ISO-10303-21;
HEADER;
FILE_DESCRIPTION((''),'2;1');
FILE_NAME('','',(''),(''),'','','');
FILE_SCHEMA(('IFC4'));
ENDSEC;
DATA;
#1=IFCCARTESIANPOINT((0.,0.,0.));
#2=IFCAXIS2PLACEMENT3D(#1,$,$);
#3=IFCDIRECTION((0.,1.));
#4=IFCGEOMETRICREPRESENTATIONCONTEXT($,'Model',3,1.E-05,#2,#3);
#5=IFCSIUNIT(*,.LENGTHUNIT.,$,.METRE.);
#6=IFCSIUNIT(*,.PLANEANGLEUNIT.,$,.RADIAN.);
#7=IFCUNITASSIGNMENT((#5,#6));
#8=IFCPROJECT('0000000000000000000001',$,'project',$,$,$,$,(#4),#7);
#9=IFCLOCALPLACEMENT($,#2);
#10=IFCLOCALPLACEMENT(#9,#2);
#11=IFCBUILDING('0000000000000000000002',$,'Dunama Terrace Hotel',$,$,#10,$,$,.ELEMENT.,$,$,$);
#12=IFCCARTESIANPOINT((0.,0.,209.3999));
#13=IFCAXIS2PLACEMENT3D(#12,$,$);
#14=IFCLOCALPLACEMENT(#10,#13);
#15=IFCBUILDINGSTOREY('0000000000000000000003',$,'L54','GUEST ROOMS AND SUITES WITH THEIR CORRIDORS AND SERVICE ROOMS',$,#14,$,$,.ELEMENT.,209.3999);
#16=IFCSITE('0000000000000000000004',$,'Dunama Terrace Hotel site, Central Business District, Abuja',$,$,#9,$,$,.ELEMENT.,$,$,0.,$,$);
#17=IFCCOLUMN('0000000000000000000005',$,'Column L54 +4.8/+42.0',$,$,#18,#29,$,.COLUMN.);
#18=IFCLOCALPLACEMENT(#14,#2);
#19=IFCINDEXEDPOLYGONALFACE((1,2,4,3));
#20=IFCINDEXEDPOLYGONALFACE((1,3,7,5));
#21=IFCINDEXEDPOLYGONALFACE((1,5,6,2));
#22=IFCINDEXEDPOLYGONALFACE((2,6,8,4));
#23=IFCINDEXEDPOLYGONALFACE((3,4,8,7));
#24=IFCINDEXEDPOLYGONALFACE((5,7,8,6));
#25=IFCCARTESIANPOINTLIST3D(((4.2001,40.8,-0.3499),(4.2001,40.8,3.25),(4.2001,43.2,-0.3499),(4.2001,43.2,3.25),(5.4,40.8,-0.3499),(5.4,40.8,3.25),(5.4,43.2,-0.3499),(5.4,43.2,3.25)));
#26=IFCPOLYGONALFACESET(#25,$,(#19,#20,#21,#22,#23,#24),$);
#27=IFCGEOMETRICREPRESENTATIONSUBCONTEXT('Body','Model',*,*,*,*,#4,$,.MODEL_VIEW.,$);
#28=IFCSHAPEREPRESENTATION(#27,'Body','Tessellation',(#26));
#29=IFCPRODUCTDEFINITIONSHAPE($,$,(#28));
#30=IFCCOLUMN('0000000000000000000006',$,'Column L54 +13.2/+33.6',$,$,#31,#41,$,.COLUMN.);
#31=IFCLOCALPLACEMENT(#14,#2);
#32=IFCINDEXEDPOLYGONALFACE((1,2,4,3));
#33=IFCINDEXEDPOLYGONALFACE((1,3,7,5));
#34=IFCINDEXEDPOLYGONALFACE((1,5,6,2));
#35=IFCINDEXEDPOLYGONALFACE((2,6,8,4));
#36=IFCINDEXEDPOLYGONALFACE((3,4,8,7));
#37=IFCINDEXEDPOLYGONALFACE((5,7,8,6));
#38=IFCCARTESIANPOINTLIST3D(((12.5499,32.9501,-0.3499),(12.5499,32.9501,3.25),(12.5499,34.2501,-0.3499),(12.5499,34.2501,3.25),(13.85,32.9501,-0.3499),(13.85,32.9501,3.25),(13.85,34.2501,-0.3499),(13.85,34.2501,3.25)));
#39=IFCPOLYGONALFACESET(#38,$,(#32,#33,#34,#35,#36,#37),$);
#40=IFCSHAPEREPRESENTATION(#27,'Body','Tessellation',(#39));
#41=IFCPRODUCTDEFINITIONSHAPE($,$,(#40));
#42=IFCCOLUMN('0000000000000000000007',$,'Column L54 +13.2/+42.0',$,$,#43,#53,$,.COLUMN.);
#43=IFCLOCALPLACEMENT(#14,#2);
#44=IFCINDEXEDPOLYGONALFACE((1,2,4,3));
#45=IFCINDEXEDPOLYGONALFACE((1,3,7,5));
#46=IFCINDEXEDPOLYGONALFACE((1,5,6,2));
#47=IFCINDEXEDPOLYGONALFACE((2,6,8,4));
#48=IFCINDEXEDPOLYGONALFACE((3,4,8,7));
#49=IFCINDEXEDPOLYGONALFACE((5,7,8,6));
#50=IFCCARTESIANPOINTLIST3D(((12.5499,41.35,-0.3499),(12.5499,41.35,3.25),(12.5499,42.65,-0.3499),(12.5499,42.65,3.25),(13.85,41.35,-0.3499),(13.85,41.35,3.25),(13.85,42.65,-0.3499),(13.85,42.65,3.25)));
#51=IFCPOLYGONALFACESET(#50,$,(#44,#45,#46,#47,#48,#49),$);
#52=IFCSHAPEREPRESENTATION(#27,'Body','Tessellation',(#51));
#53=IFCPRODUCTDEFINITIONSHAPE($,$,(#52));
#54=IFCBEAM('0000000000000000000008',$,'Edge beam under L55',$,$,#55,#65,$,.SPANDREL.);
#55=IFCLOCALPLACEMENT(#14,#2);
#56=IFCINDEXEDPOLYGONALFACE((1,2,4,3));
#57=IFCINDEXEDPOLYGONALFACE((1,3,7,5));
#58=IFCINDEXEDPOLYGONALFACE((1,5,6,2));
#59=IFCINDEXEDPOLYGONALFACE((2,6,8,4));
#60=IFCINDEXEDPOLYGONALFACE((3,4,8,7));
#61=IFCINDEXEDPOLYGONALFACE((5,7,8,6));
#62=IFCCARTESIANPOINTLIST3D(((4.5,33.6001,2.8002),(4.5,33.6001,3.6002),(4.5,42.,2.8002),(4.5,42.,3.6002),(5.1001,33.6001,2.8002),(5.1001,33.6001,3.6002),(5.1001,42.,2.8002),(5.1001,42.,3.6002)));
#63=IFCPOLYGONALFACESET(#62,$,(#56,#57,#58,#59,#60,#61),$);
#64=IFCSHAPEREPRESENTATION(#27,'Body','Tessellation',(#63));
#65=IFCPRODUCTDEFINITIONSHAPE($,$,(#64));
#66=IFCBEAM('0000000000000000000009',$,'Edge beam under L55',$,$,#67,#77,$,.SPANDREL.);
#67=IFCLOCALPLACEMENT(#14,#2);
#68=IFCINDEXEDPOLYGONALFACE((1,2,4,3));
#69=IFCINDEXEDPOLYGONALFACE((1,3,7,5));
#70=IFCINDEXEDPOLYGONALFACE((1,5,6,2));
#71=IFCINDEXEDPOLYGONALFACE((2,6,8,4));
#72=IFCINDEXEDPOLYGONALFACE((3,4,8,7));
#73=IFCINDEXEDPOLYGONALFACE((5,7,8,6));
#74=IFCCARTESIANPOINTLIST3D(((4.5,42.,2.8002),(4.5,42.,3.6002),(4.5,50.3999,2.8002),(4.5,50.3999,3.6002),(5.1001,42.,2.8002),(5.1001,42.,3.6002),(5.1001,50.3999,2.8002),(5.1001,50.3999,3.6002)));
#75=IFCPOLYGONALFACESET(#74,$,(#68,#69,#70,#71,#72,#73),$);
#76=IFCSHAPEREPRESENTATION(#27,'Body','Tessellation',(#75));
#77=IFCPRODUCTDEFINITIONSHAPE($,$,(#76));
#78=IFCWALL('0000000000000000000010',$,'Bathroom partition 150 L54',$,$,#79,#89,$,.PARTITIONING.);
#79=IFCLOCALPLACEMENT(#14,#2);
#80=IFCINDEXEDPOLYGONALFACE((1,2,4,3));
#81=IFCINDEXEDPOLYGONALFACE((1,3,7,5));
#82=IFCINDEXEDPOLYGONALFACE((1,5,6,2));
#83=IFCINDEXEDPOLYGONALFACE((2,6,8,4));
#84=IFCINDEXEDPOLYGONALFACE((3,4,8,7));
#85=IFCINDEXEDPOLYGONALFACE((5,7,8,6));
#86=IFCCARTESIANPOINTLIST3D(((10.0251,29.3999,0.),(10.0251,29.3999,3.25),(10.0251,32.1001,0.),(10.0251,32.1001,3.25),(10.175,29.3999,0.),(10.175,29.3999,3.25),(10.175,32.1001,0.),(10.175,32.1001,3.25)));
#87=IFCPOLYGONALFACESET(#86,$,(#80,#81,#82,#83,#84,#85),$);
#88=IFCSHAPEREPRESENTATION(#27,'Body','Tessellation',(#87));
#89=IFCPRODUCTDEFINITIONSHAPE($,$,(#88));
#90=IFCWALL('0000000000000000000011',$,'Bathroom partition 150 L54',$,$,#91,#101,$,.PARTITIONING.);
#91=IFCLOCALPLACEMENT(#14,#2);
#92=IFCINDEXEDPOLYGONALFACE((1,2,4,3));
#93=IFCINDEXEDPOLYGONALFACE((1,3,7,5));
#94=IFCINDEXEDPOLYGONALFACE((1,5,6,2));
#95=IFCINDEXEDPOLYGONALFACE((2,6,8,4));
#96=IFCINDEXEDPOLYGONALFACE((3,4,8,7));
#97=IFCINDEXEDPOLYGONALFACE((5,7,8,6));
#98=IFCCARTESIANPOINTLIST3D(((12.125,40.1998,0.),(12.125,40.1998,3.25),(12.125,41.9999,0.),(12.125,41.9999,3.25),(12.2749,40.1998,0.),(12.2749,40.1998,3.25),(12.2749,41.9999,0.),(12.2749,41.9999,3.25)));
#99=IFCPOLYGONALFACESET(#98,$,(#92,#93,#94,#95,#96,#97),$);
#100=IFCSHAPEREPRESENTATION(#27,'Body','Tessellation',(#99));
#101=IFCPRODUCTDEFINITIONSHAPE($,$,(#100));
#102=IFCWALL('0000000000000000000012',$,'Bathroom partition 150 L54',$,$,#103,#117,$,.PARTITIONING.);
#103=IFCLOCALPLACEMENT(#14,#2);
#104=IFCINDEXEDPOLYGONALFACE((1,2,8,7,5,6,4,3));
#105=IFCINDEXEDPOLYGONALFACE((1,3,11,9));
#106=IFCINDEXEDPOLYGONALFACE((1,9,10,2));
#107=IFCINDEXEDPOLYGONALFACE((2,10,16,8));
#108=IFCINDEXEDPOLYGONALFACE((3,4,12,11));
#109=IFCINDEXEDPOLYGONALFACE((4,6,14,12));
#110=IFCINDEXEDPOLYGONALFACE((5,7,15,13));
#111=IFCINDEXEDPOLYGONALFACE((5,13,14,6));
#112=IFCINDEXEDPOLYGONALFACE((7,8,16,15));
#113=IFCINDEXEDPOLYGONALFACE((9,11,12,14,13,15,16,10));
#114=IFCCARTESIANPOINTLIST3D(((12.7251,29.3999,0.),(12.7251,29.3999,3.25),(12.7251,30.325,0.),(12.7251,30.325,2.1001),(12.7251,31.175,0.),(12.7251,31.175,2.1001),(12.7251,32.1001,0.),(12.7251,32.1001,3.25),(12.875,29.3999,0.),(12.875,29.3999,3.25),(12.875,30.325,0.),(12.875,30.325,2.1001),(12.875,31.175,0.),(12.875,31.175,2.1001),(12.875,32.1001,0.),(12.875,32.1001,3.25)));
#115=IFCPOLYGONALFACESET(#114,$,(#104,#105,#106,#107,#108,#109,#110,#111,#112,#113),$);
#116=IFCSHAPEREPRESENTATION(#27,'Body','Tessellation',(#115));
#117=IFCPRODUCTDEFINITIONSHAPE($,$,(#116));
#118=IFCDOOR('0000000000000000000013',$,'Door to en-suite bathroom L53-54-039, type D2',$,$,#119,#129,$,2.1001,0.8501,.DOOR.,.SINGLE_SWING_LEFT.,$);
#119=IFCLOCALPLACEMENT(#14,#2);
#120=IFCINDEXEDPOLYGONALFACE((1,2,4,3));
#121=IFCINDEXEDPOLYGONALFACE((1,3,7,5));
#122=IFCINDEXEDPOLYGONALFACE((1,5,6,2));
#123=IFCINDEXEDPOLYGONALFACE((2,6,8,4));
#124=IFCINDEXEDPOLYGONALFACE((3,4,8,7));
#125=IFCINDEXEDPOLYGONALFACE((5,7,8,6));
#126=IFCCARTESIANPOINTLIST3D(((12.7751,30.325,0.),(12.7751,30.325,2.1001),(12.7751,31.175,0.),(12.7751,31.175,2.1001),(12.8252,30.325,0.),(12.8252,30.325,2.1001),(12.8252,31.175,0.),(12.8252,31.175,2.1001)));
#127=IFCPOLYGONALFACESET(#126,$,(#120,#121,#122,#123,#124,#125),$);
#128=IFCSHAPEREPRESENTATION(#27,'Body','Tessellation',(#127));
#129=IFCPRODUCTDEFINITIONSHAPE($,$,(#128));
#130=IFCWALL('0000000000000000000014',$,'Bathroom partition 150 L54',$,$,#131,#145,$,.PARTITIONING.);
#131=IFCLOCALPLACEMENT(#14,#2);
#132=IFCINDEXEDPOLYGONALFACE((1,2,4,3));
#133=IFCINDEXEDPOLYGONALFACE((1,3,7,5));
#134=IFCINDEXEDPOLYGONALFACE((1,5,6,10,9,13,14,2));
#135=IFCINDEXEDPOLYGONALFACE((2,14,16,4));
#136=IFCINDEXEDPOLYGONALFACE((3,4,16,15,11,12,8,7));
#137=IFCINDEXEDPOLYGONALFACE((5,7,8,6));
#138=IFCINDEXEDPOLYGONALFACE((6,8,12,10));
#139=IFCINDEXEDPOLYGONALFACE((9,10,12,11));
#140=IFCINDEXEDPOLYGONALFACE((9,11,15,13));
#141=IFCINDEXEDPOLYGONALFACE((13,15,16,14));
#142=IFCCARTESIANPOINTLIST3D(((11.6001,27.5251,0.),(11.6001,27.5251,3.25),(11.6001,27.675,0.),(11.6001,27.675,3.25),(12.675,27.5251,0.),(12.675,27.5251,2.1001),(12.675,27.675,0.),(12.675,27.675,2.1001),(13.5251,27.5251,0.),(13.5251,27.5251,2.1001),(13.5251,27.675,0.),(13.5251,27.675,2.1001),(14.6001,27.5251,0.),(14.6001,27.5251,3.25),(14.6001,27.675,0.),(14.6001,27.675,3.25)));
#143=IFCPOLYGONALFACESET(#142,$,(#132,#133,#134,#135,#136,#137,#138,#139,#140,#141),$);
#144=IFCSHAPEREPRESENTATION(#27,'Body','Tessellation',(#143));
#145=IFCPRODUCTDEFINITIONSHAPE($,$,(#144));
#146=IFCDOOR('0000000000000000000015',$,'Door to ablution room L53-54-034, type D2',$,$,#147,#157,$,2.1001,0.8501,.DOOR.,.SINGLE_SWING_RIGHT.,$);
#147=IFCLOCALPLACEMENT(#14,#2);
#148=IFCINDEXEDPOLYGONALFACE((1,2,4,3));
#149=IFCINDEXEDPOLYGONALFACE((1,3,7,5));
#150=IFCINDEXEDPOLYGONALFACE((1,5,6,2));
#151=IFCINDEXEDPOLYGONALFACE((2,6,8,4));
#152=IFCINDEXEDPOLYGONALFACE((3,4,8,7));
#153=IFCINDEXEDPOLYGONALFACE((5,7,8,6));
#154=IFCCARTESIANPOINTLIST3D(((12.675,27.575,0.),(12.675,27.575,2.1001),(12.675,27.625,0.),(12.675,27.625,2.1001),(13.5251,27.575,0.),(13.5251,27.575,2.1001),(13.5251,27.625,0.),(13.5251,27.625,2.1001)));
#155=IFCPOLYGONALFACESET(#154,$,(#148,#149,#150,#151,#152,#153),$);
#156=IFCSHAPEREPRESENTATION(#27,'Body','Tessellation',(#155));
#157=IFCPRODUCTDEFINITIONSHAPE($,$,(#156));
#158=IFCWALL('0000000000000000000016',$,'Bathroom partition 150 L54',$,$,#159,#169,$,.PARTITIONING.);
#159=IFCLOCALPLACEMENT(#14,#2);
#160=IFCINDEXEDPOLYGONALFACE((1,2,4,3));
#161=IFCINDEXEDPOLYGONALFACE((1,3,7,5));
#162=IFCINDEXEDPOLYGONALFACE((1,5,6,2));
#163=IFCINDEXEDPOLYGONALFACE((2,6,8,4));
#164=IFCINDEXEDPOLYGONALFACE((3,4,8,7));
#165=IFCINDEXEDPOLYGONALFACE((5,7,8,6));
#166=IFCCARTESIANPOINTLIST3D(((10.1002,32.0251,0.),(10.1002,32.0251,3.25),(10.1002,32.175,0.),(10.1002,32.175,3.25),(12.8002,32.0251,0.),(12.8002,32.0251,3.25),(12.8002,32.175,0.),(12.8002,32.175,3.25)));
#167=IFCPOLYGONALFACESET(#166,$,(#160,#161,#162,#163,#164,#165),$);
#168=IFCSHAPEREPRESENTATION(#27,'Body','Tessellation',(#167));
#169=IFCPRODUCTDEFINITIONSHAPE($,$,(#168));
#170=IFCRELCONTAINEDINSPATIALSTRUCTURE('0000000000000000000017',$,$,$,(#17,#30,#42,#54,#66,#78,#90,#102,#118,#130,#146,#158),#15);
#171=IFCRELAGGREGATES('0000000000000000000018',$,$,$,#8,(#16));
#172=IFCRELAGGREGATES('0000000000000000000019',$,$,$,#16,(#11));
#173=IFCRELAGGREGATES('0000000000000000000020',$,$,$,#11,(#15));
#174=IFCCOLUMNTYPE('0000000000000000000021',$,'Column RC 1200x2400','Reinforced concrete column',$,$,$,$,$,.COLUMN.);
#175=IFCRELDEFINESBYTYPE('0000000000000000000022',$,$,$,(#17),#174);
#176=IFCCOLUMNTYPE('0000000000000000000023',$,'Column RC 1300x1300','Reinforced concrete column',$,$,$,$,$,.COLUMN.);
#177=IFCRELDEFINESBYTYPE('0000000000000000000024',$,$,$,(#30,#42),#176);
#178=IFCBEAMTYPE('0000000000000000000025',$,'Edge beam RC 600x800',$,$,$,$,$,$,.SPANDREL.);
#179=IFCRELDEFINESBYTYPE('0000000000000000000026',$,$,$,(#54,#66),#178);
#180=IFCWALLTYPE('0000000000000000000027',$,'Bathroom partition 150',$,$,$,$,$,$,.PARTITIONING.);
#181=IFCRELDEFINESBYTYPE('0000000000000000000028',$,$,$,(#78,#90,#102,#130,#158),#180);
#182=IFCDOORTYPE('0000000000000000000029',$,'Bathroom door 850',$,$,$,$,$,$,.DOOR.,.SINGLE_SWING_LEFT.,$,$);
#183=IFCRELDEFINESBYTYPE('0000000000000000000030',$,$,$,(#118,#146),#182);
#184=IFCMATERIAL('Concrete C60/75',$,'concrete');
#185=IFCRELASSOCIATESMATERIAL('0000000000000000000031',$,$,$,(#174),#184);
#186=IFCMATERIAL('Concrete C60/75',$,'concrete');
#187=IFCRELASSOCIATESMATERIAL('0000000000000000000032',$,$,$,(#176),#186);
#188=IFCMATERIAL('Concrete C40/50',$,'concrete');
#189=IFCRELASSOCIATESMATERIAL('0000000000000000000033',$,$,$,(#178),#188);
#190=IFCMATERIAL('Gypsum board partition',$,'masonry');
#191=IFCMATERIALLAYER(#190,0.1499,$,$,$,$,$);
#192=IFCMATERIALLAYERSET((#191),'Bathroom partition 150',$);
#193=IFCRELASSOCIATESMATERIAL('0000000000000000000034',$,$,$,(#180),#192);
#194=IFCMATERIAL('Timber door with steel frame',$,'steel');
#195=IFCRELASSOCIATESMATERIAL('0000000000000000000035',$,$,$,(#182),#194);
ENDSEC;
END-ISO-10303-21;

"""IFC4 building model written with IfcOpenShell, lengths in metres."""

from ifc_helpers import new_model, si_unit, direction, frame, frame_2d, origin, origin_2d, place, context, subcontext, project, spatial, rectangle, extrude, material, layer, layer_set, material_profile, profile_set, type_object, element, fill, save


model = new_model("IFC4")

# Units and contexts
model_context = context("Model", 3, precision=1e-05, world=origin(), true_north=direction((0.0, 1.0)))
body_context = subcontext(model_context, "Body", "Model", "MODEL_VIEW")
ifc_project = project(units=[si_unit("LENGTHUNIT", "METRE"), si_unit("PLANEANGLEUNIT", "RADIAN")], contexts=[model_context])

# Site, building, storey
site_placement = place(None, origin())
site = spatial("IfcSite", under=ifc_project, at=site_placement, Name="Dunama Terrace Hotel site, Central Business District, Abuja", CompositionType="ELEMENT", RefElevation=0.0)
building_placement = place(site_placement, origin())
building = spatial("IfcBuilding", under=site, at=building_placement, Name="Dunama Terrace Hotel", CompositionType="ELEMENT")
storey_placement = place(building_placement, frame((0.0, 0.0, 209.3999)))
storey = spatial("IfcBuildingStorey", under=building, at=storey_placement, Name="L54", Description="GUEST ROOMS AND SUITES WITH THEIR CORRIDORS AND SERVICE ROOMS", CompositionType="ELEMENT", Elevation=209.3999)

# Columns
ifc_material_1 = material(Name="Concrete C60/75", Category="concrete")
ifc_material_profile_1 = material_profile(ifc_material_1, rectangle(XDim=1.2, YDim=2.3999, at=origin_2d()), Name="RC 1200x2400")
ifc_profile_set_1 = profile_set([ifc_material_profile_1], Name="Concrete C60/75")
column_type_1 = type_object("IfcColumnType", Name="Column RC 1200x2400", Description="Reinforced concrete column", PredefinedType="COLUMN", material=ifc_profile_set_1)
column_placement = place(storey_placement, frame((4.8, 42.0, -0.3499), z_axis=(0.0, 0.0, 1.0), x_axis=(1.0, 0.0, 0.0)))
element("IfcColumn", 1, at=column_placement, inside=storey, type_object=column_type_1, Name="Column L54 +4.8/+42.0", PredefinedType="COLUMN", context=body_context, shape_type="SweptSolid", body=[
    extrude(rectangle(XDim=1.2, YDim=2.3999, at=origin_2d()), origin(), (0.0, 0.0, 1.0), 3.5999),
])
ifc_material_2 = material(Name="Concrete C60/75", Category="concrete")
ifc_material_profile_2 = material_profile(ifc_material_2, rectangle(XDim=1.3, YDim=1.3, at=origin_2d()), Name="RC 1300x1300")
ifc_profile_set_2 = profile_set([ifc_material_profile_2], Name="Concrete C60/75")
column_type_2 = type_object("IfcColumnType", Name="Column RC 1300x1300", Description="Reinforced concrete column", PredefinedType="COLUMN", material=ifc_profile_set_2)
for number, where, z_axis, x_axis, name in (
    (2, (13.2, 33.6001, -0.3499), (0.0, 0.0, 1.0), (1.0, 0.0, 0.0), "Column L54 +13.2/+33.6"),
    (3, (13.2, 42.0, -0.3499), (0.0, 0.0, 1.0), (1.0, 0.0, 0.0), "Column L54 +13.2/+42.0"),
):
    element("IfcColumn", number, at=place(storey_placement, frame(where, z_axis=z_axis, x_axis=x_axis)), inside=storey, type_object=column_type_2, Name=name, PredefinedType="COLUMN", context=body_context, shape_type="SweptSolid", body=[
        extrude(rectangle(XDim=1.3, YDim=1.3, at=origin_2d()), origin(), (0.0, 0.0, 1.0), 3.5999),
    ])

# Beams
ifc_material_3 = material(Name="Concrete C40/50", Category="concrete")
ifc_material_profile_3 = material_profile(ifc_material_3, rectangle(XDim=0.6001, YDim=0.8, at=origin_2d()), Name="RC 600x800")
ifc_profile_set_3 = profile_set([ifc_material_profile_3], Name="Concrete C40/50")
beam_type = type_object("IfcBeamType", Name="Edge beam RC 600x800", PredefinedType="SPANDREL", material=ifc_profile_set_3)
for number, where, z_axis, x_axis, name in (
    (4, (4.8, 33.6001, 3.2002), (0.0, 1.0, 0.0), (-1.0, 0.0, 0.0), "Edge beam under L55"),
    (5, (4.8, 42.0, 3.2002), (0.0, 1.0, 0.0), (-1.0, 0.0, 0.0), "Edge beam under L55"),
):
    element("IfcBeam", number, at=place(storey_placement, frame(where, z_axis=z_axis, x_axis=x_axis)), inside=storey, type_object=beam_type, Name=name, PredefinedType="SPANDREL", context=body_context, shape_type="SweptSolid", body=[
        extrude(rectangle(XDim=0.6001, YDim=0.8, at=origin_2d()), origin(), (0.0, 0.0, 1.0), 8.3999),
    ])

# Walls
ifc_material_4 = material(Name="Gypsum board partition", Category="masonry")
ifc_layer_1 = layer(ifc_material_4, 0.1499)
ifc_layer_set_1 = layer_set([ifc_layer_1], Name="Bathroom partition 150")
wall_type_1 = type_object("IfcWallType", Name="Bathroom partition 150", PredefinedType="PARTITIONING", material=ifc_layer_set_1)
wall_1_placement = place(storey_placement, frame((10.1001, 29.3999, 0.0), z_axis=(0.0, 0.0, 1.0), x_axis=(0.0, 1.0, 0.0)))
element("IfcWall", 6, at=wall_1_placement, inside=storey, type_object=wall_type_1, Name="Bathroom partition 150 L54", PredefinedType="PARTITIONING", context=body_context, shape_type="SweptSolid", body=[
    extrude(rectangle(XDim=2.7002, YDim=0.1499, at=frame_2d((1.3501, 0.0))), origin(), (0.0, 0.0, 1.0), 3.25),
])
wall_2_placement = place(storey_placement, frame((12.2, 40.2, 0.0), z_axis=(0.0, 0.0, 1.0), x_axis=(0.0, 1.0, 0.0)))
element("IfcWall", 7, at=wall_2_placement, inside=storey, type_object=wall_type_1, Name="Bathroom partition 150 L54", PredefinedType="PARTITIONING", context=body_context, shape_type="SweptSolid", body=[
    extrude(rectangle(XDim=1.8, YDim=0.1499, at=frame_2d((0.8999, 0.0))), origin(), (0.0, 0.0, 1.0), 3.25),
])

# Walls, openings, doors
wall_3_placement = place(storey_placement, frame((12.8, 29.3999, 0.0), z_axis=(0.0, 0.0, 1.0), x_axis=(0.0, 1.0, 0.0)))
wall_3 = element("IfcWall", 8, at=wall_3_placement, inside=storey, type_object=wall_type_1, Name="Bathroom partition 150 L54", PredefinedType="PARTITIONING", context=body_context, shape_type="SweptSolid", body=[
    extrude(rectangle(XDim=2.7002, YDim=0.1499, at=frame_2d((1.3501, 0.0))), origin(), (0.0, 0.0, 1.0), 3.25),
])
opening_1_placement = place(wall_3_placement, frame((0.925, 0.0, 0.0)))
opening_1 = element("IfcOpeningElement", 9, at=opening_1_placement, cuts=wall_3, PredefinedType="OPENING", context=body_context, shape_type="SweptSolid", body=[
    extrude(rectangle(XDim=0.8501, YDim=2.1001, at=frame_2d((0.425, 1.05))), frame((0.0, 0.085, 0.0), z_axis=(0.0, -1.0, 0.0), x_axis=(1.0, 0.0, 0.0)), (0.0, 0.0, 1.0), 0.1699),
])
ifc_material_5 = material(Name="Timber door with steel frame", Category="steel")
door_type_1 = type_object("IfcDoorType", Name="Bathroom door 850", OperationType="SINGLE_SWING_LEFT", PredefinedType="DOOR", material=ifc_material_5)
door_1_placement = place(opening_1_placement, origin())
door_1 = element("IfcDoor", 10, at=door_1_placement, inside=storey, type_object=door_type_1, Name="Door to en-suite bathroom L53-54-039, type D2", OperationType="SINGLE_SWING_LEFT", OverallHeight=2.1001, OverallWidth=0.8501, PredefinedType="DOOR", context=body_context, shape_type="SweptSolid", body=[
    extrude(rectangle(XDim=0.8501, YDim=2.1001, at=frame_2d((0.425, 1.05))), frame((0.0, 0.0249, 0.0), z_axis=(0.0, -1.0, 0.0), x_axis=(1.0, 0.0, 0.0)), (0.0, 0.0, 1.0), 0.05),
])
fill(opening_1, door_1)
wall_4_placement = place(storey_placement, frame((11.6001, 27.6001, 0.0), z_axis=(0.0, 0.0, 1.0), x_axis=(1.0, 0.0, 0.0)))
wall_4 = element("IfcWall", 11, at=wall_4_placement, inside=storey, type_object=wall_type_1, Name="Bathroom partition 150 L54", PredefinedType="PARTITIONING", context=body_context, shape_type="SweptSolid", body=[
    extrude(rectangle(XDim=3.0, YDim=0.1499, at=frame_2d((1.5, 0.0))), origin(), (0.0, 0.0, 1.0), 3.25),
])
opening_2_placement = place(wall_4_placement, frame((1.075, 0.0, 0.0)))
opening_2 = element("IfcOpeningElement", 12, at=opening_2_placement, cuts=wall_4, PredefinedType="OPENING", context=body_context, shape_type="SweptSolid", body=[
    extrude(rectangle(XDim=0.8501, YDim=2.1001, at=frame_2d((0.425, 1.05))), frame((0.0, 0.085, 0.0), z_axis=(0.0, -1.0, 0.0), x_axis=(1.0, 0.0, 0.0)), (0.0, 0.0, 1.0), 0.1699),
])
door_2_placement = place(opening_2_placement, frame((0.8501, 0.0, 0.0), z_axis=(0.0, 0.0, 1.0), x_axis=(-1.0, 0.0, 0.0)))
door_2 = element("IfcDoor", 13, at=door_2_placement, inside=storey, type_object=door_type_1, Name="Door to ablution room L53-54-034, type D2", OperationType="SINGLE_SWING_RIGHT", OverallHeight=2.1001, OverallWidth=0.8501, PredefinedType="DOOR", context=body_context, shape_type="SweptSolid", body=[
    extrude(rectangle(XDim=0.8501, YDim=2.1001, at=frame_2d((0.425, 1.05))), frame((0.0, 0.0251, 0.0), z_axis=(0.0, -1.0, 0.0), x_axis=(1.0, 0.0, 0.0)), (0.0, 0.0, 1.0), 0.05),
])
fill(opening_2, door_2)

# Wall
wall_5_placement = place(storey_placement, frame((10.1001, 32.1001, 0.0), z_axis=(0.0, 0.0, 1.0), x_axis=(1.0, 0.0, 0.0)))
element("IfcWall", 14, at=wall_5_placement, inside=storey, type_object=wall_type_1, Name="Bathroom partition 150 L54", PredefinedType="PARTITIONING", context=body_context, shape_type="SweptSolid", body=[
    extrude(rectangle(XDim=2.7, YDim=0.1499, at=frame_2d((1.3501, 0.0))), origin(), (0.0, 0.0, 1.0), 3.25),
])

save(model, "model.ifc")
